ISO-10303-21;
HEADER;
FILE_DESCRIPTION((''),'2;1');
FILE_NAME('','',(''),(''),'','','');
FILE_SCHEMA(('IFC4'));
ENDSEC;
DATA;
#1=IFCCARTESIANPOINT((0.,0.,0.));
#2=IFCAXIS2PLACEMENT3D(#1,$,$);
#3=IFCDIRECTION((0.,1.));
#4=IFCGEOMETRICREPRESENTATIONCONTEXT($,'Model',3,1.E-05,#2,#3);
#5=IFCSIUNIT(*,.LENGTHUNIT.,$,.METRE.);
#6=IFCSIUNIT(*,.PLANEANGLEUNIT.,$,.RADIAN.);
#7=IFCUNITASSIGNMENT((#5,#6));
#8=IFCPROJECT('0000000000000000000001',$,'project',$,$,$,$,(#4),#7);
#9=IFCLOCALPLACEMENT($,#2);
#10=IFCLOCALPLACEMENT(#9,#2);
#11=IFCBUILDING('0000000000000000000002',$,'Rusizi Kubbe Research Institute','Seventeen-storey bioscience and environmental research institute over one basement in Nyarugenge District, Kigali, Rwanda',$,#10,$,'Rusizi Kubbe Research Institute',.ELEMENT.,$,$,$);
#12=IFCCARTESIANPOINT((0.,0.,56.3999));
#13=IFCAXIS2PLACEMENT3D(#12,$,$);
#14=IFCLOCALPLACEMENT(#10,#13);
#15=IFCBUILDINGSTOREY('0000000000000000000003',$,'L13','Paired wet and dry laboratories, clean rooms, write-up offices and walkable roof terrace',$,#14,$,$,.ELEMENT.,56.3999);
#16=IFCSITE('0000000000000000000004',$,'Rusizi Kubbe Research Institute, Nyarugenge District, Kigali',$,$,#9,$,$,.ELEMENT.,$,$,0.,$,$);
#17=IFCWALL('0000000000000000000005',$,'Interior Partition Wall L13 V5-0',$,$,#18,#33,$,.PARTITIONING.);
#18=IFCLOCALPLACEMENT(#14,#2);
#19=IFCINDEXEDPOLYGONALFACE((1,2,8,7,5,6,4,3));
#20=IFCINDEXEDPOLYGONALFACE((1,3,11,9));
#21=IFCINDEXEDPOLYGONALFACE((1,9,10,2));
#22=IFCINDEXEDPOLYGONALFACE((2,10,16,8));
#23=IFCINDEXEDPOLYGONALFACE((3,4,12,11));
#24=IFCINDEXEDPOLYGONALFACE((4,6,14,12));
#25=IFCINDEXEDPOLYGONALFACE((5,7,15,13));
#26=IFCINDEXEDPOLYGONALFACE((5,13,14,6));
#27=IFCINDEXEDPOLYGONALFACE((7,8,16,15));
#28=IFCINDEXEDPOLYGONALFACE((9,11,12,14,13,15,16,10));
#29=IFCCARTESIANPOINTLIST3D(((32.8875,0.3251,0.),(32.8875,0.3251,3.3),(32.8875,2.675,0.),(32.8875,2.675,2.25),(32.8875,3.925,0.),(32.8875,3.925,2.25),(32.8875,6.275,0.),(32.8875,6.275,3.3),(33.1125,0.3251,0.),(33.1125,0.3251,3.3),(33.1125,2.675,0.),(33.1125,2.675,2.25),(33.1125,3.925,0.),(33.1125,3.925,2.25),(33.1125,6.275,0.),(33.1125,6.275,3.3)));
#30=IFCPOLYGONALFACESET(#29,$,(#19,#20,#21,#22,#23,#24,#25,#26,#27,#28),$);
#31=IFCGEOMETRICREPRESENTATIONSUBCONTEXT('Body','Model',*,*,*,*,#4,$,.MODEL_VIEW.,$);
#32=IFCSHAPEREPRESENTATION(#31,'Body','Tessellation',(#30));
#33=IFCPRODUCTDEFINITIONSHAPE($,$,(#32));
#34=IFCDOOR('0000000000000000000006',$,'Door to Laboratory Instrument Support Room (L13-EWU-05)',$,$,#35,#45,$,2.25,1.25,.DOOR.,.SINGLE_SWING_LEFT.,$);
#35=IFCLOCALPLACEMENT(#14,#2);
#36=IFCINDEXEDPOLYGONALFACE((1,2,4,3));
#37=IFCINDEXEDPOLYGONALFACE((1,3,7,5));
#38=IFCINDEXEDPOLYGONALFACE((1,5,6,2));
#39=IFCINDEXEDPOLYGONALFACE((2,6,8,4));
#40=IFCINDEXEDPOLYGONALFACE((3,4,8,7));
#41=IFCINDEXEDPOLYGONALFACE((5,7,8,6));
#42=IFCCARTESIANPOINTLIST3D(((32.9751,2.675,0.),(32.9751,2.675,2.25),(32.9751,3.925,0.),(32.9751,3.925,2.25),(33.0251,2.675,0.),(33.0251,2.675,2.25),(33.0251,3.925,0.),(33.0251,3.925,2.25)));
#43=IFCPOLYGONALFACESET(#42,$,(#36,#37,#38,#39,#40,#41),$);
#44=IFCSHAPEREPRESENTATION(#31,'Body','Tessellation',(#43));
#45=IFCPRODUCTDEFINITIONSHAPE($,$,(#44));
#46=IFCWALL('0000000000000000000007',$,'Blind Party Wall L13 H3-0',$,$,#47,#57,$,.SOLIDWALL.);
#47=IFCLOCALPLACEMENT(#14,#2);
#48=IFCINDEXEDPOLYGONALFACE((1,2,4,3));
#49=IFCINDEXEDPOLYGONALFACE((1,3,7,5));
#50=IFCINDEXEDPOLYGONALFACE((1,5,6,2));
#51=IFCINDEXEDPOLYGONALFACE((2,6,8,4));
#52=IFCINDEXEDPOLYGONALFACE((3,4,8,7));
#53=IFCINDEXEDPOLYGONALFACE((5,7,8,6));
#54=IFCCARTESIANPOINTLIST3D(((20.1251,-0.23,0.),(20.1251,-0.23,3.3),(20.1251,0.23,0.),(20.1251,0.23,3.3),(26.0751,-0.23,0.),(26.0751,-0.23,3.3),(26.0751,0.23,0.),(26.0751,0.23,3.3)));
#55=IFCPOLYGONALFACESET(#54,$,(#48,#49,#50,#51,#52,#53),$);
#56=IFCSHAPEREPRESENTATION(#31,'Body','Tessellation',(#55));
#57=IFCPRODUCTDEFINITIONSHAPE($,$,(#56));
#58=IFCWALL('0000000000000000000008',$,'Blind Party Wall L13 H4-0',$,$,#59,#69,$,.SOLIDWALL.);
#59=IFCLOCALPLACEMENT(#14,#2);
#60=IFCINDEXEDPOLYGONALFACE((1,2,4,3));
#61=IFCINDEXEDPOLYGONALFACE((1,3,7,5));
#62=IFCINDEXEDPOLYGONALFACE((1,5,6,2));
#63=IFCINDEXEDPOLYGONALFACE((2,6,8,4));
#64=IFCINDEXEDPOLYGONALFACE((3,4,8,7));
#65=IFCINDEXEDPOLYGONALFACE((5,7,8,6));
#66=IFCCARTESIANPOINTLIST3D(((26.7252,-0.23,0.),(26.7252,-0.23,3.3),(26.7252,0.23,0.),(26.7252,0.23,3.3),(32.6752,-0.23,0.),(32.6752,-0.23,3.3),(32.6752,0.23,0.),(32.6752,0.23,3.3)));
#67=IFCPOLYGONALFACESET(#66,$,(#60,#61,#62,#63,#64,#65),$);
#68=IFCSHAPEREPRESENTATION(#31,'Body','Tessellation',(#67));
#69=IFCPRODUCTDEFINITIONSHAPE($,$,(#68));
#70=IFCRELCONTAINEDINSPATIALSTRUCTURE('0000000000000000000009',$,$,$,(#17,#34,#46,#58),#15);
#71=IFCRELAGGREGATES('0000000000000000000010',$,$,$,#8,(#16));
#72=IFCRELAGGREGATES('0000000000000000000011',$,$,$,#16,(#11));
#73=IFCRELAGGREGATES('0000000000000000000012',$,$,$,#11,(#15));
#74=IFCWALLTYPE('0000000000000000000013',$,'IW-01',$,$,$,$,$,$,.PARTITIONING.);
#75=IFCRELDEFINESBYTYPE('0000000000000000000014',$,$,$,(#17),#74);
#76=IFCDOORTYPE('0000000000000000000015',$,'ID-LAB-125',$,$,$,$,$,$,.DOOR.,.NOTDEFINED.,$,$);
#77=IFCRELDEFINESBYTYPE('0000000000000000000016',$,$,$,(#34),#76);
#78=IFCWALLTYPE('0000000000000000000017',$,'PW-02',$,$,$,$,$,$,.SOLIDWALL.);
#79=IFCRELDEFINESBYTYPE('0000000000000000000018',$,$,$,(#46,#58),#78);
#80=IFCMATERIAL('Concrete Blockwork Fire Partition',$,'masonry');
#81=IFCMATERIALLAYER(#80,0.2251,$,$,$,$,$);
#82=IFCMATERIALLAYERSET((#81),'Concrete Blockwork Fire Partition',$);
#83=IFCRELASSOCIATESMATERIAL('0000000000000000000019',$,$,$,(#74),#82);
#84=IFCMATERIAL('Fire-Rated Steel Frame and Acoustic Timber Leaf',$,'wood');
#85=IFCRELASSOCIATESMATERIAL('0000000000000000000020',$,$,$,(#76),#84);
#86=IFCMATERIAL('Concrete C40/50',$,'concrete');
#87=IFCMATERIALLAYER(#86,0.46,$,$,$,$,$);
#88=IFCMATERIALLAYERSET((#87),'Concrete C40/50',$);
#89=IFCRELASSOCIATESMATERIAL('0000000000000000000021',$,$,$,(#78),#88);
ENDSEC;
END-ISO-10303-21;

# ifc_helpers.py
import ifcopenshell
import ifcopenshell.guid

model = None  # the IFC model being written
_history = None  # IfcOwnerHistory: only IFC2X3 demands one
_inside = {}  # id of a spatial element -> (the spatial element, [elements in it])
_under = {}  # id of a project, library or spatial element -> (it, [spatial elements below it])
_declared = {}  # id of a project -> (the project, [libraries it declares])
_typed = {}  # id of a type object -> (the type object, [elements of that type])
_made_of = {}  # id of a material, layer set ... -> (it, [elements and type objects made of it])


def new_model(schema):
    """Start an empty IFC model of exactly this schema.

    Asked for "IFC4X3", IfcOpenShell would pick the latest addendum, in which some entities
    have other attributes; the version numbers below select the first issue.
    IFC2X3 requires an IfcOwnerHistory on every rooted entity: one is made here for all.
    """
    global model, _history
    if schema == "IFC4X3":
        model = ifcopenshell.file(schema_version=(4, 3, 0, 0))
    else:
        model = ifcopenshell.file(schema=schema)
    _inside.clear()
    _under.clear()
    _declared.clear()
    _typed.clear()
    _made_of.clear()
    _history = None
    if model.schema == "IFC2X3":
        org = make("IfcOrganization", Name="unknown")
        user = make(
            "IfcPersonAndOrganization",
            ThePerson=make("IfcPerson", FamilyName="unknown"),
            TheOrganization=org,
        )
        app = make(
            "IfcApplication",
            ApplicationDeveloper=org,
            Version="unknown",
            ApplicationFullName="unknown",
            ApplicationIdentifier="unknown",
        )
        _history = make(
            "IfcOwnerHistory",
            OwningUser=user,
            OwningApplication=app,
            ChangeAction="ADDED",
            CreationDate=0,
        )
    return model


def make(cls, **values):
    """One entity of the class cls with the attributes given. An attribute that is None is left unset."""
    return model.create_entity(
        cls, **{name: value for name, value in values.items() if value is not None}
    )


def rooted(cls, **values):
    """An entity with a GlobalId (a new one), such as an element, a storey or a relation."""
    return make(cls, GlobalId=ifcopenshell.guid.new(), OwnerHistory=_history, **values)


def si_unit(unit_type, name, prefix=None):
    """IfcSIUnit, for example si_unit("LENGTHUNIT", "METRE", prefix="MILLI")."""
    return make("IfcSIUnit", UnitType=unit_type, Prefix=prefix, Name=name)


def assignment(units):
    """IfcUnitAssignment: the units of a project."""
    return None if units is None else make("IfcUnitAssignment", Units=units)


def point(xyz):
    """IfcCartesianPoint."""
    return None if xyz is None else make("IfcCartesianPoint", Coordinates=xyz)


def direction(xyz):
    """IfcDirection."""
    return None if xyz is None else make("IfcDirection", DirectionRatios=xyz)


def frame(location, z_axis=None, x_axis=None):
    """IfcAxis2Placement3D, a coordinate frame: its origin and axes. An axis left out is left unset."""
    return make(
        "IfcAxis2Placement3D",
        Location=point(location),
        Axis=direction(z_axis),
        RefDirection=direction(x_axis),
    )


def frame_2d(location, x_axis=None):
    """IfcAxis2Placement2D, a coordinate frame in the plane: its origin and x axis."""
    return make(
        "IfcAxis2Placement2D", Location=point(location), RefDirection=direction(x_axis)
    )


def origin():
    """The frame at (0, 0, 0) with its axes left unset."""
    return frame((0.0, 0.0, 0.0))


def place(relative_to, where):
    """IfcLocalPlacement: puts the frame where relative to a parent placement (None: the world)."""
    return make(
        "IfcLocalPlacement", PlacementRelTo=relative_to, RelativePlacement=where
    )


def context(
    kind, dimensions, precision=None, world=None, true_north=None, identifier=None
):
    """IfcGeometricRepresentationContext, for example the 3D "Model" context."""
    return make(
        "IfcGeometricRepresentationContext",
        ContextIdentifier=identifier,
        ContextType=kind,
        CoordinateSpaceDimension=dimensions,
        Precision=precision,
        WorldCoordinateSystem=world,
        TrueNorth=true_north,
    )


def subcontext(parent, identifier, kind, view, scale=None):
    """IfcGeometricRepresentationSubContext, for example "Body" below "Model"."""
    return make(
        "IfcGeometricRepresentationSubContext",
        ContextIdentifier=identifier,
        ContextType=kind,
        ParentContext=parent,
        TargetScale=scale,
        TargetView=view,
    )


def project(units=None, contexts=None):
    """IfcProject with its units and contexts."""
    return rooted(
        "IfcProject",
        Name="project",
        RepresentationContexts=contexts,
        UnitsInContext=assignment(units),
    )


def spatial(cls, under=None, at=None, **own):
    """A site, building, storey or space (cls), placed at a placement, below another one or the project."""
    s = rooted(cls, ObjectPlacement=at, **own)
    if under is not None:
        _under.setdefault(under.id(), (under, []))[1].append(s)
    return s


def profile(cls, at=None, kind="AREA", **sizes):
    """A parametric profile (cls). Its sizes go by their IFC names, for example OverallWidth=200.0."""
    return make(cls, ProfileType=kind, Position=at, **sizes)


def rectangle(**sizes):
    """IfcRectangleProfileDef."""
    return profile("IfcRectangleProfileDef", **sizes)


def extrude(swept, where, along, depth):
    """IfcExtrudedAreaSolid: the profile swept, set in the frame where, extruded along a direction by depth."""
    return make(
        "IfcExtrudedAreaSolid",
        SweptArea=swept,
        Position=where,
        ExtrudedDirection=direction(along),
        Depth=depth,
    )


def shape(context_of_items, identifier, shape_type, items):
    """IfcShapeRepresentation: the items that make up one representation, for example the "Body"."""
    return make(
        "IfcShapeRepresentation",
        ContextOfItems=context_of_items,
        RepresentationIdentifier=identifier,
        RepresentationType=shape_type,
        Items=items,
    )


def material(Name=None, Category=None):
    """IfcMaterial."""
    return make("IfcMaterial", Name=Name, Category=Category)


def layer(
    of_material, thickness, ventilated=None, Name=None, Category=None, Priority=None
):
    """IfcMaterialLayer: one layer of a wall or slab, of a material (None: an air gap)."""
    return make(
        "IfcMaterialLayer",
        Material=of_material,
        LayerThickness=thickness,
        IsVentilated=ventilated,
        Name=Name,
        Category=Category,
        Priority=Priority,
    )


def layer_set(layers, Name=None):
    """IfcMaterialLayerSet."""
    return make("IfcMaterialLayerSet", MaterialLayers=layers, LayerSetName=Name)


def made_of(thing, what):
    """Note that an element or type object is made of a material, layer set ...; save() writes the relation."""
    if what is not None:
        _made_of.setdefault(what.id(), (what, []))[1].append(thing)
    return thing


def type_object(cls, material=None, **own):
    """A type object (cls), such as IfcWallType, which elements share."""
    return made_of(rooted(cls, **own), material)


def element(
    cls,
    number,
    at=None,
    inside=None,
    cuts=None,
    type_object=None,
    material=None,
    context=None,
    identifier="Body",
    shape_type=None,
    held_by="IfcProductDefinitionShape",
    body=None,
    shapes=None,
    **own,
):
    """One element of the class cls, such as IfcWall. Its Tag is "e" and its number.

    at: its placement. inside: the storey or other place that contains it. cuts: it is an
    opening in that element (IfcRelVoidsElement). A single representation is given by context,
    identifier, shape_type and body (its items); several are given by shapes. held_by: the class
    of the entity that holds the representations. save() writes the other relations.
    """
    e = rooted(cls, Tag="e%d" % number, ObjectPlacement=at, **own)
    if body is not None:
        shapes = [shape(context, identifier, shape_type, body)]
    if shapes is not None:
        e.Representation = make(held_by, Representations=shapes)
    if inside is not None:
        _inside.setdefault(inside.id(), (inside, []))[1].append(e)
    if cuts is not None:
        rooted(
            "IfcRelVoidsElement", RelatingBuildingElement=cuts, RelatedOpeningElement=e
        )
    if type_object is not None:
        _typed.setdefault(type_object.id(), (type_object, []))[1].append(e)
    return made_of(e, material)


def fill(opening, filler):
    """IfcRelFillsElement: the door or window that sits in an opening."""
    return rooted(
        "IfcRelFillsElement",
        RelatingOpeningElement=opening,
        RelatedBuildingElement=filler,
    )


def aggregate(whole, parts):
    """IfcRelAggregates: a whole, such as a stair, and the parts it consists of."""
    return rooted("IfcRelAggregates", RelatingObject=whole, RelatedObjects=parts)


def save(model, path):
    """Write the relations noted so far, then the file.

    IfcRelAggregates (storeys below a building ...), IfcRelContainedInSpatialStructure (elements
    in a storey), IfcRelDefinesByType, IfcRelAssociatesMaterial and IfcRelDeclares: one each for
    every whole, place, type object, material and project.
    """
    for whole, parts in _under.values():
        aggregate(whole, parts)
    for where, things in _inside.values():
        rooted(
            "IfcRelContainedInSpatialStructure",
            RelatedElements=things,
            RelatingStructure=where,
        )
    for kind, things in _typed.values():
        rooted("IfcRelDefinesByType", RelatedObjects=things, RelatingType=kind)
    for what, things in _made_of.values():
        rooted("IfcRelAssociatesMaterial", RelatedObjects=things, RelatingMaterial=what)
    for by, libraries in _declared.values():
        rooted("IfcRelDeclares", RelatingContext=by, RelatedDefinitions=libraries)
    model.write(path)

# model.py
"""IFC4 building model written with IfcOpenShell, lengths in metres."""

from ifc_helpers import new_model, si_unit, direction, frame, frame_2d, origin, place, context, subcontext, project, spatial, rectangle, extrude, material, layer, layer_set, type_object, element, fill, save


model = new_model("IFC4")

# Units and contexts
model_context = context("Model", 3, precision=1e-05, world=origin(), true_north=direction((0.0, 1.0)))
body_context = subcontext(model_context, "Body", "Model", "MODEL_VIEW")
ifc_project = project(units=[si_unit("LENGTHUNIT", "METRE"), si_unit("PLANEANGLEUNIT", "RADIAN")], contexts=[model_context])

# Site, building, storey
site_placement = place(None, origin())
site = spatial("IfcSite", under=ifc_project, at=site_placement, Name="Rusizi Kubbe Research Institute, Nyarugenge District, Kigali", CompositionType="ELEMENT", RefElevation=0.0)
building_placement = place(site_placement, origin())
building = spatial("IfcBuilding", under=site, at=building_placement, Name="Rusizi Kubbe Research Institute", Description="Seventeen-storey bioscience and environmental research institute over one basement in Nyarugenge District, Kigali, Rwanda", LongName="Rusizi Kubbe Research Institute", CompositionType="ELEMENT")
storey_placement = place(building_placement, frame((0.0, 0.0, 56.3999)))
storey = spatial("IfcBuildingStorey", under=building, at=storey_placement, Name="L13", Description="Paired wet and dry laboratories, clean rooms, write-up offices and walkable roof terrace", CompositionType="ELEMENT", Elevation=56.3999)

# Shared definitions
ifc_material_1 = material(Name="Concrete Blockwork Fire Partition", Category="masonry")
ifc_layer_1 = layer(ifc_material_1, 0.2251)
ifc_layer_set_1 = layer_set([ifc_layer_1], Name="Concrete Blockwork Fire Partition")
wall_type_1 = type_object("IfcWallType", Name="IW-01", PredefinedType="PARTITIONING", material=ifc_layer_set_1)

# Wall, opening, door
wall_1_placement = place(storey_placement, frame((33.0, 0.325, 0.0), z_axis=(0.0, 0.0, 1.0), x_axis=(0.0, 1.0, 0.0)))
wall_1 = element("IfcWall", 1, at=wall_1_placement, inside=storey, type_object=wall_type_1, Name="Interior Partition Wall L13 V5-0", PredefinedType="PARTITIONING", context=body_context, shape_type="SweptSolid", body=[
    extrude(rectangle(XDim=5.95, YDim=0.2251, at=frame_2d((2.9751, 0.0))), origin(), (0.0, 0.0, 1.0), 3.3),
])
opening_1_placement = place(wall_1_placement, frame((2.3501, 0.0, 0.0)))
opening_1 = element("IfcOpeningElement", 2, at=opening_1_placement, cuts=wall_1, PredefinedType="OPENING", context=body_context, shape_type="SweptSolid", body=[
    extrude(rectangle(XDim=1.25, YDim=2.25, at=frame_2d((0.625, 1.125))), frame((0.0, 0.1226, 0.0), z_axis=(0.0, -1.0, 0.0), x_axis=(1.0, 0.0, 0.0)), (0.0, 0.0, 1.0), 0.2451),
])
ifc_material_2 = material(Name="Fire-Rated Steel Frame and Acoustic Timber Leaf", Category="wood")
door_type_1 = type_object("IfcDoorType", Name="ID-LAB-125", OperationType="NOTDEFINED", PredefinedType="DOOR", material=ifc_material_2)
door_1_placement = place(opening_1_placement, origin())
door_1 = element("IfcDoor", 3, at=door_1_placement, inside=storey, type_object=door_type_1, Name="Door to Laboratory Instrument Support Room (L13-EWU-05)", OperationType="SINGLE_SWING_LEFT", OverallHeight=2.25, OverallWidth=1.25, PredefinedType="DOOR", context=body_context, shape_type="SweptSolid", body=[
    extrude(rectangle(XDim=1.25, YDim=2.25, at=frame_2d((0.625, 1.125))), frame((0.0, 0.0249, 0.0), z_axis=(0.0, -1.0, 0.0), x_axis=(1.0, 0.0, 0.0)), (0.0, 0.0, 1.0), 0.05),
])
fill(opening_1, door_1)

# Walls
ifc_material_3 = material(Name="Concrete C40/50", Category="concrete")
ifc_layer_2 = layer(ifc_material_3, 0.46)
ifc_layer_set_2 = layer_set([ifc_layer_2], Name="Concrete C40/50")
wall_type_2 = type_object("IfcWallType", Name="PW-02", PredefinedType="SOLIDWALL", material=ifc_layer_set_2)
for number, where, z_axis, x_axis, name in (
    (4, (20.125, 0.0, 0.0), (0.0, 0.0, 1.0), (1.0, 0.0, 0.0), "Blind Party Wall L13 H3-0"),
    (5, (26.7251, 0.0, 0.0), (0.0, 0.0, 1.0), (1.0, 0.0, 0.0), "Blind Party Wall L13 H4-0"),
):
    element("IfcWall", number, at=place(storey_placement, frame(where, z_axis=z_axis, x_axis=x_axis)), inside=storey, type_object=wall_type_2, Name=name, PredefinedType="SOLIDWALL", context=body_context, shape_type="SweptSolid", body=[
        extrude(rectangle(XDim=5.95, YDim=0.46, at=frame_2d((2.9751, 0.0))), origin(), (0.0, 0.0, 1.0), 3.3),
    ])

save(model, "model.ifc")
